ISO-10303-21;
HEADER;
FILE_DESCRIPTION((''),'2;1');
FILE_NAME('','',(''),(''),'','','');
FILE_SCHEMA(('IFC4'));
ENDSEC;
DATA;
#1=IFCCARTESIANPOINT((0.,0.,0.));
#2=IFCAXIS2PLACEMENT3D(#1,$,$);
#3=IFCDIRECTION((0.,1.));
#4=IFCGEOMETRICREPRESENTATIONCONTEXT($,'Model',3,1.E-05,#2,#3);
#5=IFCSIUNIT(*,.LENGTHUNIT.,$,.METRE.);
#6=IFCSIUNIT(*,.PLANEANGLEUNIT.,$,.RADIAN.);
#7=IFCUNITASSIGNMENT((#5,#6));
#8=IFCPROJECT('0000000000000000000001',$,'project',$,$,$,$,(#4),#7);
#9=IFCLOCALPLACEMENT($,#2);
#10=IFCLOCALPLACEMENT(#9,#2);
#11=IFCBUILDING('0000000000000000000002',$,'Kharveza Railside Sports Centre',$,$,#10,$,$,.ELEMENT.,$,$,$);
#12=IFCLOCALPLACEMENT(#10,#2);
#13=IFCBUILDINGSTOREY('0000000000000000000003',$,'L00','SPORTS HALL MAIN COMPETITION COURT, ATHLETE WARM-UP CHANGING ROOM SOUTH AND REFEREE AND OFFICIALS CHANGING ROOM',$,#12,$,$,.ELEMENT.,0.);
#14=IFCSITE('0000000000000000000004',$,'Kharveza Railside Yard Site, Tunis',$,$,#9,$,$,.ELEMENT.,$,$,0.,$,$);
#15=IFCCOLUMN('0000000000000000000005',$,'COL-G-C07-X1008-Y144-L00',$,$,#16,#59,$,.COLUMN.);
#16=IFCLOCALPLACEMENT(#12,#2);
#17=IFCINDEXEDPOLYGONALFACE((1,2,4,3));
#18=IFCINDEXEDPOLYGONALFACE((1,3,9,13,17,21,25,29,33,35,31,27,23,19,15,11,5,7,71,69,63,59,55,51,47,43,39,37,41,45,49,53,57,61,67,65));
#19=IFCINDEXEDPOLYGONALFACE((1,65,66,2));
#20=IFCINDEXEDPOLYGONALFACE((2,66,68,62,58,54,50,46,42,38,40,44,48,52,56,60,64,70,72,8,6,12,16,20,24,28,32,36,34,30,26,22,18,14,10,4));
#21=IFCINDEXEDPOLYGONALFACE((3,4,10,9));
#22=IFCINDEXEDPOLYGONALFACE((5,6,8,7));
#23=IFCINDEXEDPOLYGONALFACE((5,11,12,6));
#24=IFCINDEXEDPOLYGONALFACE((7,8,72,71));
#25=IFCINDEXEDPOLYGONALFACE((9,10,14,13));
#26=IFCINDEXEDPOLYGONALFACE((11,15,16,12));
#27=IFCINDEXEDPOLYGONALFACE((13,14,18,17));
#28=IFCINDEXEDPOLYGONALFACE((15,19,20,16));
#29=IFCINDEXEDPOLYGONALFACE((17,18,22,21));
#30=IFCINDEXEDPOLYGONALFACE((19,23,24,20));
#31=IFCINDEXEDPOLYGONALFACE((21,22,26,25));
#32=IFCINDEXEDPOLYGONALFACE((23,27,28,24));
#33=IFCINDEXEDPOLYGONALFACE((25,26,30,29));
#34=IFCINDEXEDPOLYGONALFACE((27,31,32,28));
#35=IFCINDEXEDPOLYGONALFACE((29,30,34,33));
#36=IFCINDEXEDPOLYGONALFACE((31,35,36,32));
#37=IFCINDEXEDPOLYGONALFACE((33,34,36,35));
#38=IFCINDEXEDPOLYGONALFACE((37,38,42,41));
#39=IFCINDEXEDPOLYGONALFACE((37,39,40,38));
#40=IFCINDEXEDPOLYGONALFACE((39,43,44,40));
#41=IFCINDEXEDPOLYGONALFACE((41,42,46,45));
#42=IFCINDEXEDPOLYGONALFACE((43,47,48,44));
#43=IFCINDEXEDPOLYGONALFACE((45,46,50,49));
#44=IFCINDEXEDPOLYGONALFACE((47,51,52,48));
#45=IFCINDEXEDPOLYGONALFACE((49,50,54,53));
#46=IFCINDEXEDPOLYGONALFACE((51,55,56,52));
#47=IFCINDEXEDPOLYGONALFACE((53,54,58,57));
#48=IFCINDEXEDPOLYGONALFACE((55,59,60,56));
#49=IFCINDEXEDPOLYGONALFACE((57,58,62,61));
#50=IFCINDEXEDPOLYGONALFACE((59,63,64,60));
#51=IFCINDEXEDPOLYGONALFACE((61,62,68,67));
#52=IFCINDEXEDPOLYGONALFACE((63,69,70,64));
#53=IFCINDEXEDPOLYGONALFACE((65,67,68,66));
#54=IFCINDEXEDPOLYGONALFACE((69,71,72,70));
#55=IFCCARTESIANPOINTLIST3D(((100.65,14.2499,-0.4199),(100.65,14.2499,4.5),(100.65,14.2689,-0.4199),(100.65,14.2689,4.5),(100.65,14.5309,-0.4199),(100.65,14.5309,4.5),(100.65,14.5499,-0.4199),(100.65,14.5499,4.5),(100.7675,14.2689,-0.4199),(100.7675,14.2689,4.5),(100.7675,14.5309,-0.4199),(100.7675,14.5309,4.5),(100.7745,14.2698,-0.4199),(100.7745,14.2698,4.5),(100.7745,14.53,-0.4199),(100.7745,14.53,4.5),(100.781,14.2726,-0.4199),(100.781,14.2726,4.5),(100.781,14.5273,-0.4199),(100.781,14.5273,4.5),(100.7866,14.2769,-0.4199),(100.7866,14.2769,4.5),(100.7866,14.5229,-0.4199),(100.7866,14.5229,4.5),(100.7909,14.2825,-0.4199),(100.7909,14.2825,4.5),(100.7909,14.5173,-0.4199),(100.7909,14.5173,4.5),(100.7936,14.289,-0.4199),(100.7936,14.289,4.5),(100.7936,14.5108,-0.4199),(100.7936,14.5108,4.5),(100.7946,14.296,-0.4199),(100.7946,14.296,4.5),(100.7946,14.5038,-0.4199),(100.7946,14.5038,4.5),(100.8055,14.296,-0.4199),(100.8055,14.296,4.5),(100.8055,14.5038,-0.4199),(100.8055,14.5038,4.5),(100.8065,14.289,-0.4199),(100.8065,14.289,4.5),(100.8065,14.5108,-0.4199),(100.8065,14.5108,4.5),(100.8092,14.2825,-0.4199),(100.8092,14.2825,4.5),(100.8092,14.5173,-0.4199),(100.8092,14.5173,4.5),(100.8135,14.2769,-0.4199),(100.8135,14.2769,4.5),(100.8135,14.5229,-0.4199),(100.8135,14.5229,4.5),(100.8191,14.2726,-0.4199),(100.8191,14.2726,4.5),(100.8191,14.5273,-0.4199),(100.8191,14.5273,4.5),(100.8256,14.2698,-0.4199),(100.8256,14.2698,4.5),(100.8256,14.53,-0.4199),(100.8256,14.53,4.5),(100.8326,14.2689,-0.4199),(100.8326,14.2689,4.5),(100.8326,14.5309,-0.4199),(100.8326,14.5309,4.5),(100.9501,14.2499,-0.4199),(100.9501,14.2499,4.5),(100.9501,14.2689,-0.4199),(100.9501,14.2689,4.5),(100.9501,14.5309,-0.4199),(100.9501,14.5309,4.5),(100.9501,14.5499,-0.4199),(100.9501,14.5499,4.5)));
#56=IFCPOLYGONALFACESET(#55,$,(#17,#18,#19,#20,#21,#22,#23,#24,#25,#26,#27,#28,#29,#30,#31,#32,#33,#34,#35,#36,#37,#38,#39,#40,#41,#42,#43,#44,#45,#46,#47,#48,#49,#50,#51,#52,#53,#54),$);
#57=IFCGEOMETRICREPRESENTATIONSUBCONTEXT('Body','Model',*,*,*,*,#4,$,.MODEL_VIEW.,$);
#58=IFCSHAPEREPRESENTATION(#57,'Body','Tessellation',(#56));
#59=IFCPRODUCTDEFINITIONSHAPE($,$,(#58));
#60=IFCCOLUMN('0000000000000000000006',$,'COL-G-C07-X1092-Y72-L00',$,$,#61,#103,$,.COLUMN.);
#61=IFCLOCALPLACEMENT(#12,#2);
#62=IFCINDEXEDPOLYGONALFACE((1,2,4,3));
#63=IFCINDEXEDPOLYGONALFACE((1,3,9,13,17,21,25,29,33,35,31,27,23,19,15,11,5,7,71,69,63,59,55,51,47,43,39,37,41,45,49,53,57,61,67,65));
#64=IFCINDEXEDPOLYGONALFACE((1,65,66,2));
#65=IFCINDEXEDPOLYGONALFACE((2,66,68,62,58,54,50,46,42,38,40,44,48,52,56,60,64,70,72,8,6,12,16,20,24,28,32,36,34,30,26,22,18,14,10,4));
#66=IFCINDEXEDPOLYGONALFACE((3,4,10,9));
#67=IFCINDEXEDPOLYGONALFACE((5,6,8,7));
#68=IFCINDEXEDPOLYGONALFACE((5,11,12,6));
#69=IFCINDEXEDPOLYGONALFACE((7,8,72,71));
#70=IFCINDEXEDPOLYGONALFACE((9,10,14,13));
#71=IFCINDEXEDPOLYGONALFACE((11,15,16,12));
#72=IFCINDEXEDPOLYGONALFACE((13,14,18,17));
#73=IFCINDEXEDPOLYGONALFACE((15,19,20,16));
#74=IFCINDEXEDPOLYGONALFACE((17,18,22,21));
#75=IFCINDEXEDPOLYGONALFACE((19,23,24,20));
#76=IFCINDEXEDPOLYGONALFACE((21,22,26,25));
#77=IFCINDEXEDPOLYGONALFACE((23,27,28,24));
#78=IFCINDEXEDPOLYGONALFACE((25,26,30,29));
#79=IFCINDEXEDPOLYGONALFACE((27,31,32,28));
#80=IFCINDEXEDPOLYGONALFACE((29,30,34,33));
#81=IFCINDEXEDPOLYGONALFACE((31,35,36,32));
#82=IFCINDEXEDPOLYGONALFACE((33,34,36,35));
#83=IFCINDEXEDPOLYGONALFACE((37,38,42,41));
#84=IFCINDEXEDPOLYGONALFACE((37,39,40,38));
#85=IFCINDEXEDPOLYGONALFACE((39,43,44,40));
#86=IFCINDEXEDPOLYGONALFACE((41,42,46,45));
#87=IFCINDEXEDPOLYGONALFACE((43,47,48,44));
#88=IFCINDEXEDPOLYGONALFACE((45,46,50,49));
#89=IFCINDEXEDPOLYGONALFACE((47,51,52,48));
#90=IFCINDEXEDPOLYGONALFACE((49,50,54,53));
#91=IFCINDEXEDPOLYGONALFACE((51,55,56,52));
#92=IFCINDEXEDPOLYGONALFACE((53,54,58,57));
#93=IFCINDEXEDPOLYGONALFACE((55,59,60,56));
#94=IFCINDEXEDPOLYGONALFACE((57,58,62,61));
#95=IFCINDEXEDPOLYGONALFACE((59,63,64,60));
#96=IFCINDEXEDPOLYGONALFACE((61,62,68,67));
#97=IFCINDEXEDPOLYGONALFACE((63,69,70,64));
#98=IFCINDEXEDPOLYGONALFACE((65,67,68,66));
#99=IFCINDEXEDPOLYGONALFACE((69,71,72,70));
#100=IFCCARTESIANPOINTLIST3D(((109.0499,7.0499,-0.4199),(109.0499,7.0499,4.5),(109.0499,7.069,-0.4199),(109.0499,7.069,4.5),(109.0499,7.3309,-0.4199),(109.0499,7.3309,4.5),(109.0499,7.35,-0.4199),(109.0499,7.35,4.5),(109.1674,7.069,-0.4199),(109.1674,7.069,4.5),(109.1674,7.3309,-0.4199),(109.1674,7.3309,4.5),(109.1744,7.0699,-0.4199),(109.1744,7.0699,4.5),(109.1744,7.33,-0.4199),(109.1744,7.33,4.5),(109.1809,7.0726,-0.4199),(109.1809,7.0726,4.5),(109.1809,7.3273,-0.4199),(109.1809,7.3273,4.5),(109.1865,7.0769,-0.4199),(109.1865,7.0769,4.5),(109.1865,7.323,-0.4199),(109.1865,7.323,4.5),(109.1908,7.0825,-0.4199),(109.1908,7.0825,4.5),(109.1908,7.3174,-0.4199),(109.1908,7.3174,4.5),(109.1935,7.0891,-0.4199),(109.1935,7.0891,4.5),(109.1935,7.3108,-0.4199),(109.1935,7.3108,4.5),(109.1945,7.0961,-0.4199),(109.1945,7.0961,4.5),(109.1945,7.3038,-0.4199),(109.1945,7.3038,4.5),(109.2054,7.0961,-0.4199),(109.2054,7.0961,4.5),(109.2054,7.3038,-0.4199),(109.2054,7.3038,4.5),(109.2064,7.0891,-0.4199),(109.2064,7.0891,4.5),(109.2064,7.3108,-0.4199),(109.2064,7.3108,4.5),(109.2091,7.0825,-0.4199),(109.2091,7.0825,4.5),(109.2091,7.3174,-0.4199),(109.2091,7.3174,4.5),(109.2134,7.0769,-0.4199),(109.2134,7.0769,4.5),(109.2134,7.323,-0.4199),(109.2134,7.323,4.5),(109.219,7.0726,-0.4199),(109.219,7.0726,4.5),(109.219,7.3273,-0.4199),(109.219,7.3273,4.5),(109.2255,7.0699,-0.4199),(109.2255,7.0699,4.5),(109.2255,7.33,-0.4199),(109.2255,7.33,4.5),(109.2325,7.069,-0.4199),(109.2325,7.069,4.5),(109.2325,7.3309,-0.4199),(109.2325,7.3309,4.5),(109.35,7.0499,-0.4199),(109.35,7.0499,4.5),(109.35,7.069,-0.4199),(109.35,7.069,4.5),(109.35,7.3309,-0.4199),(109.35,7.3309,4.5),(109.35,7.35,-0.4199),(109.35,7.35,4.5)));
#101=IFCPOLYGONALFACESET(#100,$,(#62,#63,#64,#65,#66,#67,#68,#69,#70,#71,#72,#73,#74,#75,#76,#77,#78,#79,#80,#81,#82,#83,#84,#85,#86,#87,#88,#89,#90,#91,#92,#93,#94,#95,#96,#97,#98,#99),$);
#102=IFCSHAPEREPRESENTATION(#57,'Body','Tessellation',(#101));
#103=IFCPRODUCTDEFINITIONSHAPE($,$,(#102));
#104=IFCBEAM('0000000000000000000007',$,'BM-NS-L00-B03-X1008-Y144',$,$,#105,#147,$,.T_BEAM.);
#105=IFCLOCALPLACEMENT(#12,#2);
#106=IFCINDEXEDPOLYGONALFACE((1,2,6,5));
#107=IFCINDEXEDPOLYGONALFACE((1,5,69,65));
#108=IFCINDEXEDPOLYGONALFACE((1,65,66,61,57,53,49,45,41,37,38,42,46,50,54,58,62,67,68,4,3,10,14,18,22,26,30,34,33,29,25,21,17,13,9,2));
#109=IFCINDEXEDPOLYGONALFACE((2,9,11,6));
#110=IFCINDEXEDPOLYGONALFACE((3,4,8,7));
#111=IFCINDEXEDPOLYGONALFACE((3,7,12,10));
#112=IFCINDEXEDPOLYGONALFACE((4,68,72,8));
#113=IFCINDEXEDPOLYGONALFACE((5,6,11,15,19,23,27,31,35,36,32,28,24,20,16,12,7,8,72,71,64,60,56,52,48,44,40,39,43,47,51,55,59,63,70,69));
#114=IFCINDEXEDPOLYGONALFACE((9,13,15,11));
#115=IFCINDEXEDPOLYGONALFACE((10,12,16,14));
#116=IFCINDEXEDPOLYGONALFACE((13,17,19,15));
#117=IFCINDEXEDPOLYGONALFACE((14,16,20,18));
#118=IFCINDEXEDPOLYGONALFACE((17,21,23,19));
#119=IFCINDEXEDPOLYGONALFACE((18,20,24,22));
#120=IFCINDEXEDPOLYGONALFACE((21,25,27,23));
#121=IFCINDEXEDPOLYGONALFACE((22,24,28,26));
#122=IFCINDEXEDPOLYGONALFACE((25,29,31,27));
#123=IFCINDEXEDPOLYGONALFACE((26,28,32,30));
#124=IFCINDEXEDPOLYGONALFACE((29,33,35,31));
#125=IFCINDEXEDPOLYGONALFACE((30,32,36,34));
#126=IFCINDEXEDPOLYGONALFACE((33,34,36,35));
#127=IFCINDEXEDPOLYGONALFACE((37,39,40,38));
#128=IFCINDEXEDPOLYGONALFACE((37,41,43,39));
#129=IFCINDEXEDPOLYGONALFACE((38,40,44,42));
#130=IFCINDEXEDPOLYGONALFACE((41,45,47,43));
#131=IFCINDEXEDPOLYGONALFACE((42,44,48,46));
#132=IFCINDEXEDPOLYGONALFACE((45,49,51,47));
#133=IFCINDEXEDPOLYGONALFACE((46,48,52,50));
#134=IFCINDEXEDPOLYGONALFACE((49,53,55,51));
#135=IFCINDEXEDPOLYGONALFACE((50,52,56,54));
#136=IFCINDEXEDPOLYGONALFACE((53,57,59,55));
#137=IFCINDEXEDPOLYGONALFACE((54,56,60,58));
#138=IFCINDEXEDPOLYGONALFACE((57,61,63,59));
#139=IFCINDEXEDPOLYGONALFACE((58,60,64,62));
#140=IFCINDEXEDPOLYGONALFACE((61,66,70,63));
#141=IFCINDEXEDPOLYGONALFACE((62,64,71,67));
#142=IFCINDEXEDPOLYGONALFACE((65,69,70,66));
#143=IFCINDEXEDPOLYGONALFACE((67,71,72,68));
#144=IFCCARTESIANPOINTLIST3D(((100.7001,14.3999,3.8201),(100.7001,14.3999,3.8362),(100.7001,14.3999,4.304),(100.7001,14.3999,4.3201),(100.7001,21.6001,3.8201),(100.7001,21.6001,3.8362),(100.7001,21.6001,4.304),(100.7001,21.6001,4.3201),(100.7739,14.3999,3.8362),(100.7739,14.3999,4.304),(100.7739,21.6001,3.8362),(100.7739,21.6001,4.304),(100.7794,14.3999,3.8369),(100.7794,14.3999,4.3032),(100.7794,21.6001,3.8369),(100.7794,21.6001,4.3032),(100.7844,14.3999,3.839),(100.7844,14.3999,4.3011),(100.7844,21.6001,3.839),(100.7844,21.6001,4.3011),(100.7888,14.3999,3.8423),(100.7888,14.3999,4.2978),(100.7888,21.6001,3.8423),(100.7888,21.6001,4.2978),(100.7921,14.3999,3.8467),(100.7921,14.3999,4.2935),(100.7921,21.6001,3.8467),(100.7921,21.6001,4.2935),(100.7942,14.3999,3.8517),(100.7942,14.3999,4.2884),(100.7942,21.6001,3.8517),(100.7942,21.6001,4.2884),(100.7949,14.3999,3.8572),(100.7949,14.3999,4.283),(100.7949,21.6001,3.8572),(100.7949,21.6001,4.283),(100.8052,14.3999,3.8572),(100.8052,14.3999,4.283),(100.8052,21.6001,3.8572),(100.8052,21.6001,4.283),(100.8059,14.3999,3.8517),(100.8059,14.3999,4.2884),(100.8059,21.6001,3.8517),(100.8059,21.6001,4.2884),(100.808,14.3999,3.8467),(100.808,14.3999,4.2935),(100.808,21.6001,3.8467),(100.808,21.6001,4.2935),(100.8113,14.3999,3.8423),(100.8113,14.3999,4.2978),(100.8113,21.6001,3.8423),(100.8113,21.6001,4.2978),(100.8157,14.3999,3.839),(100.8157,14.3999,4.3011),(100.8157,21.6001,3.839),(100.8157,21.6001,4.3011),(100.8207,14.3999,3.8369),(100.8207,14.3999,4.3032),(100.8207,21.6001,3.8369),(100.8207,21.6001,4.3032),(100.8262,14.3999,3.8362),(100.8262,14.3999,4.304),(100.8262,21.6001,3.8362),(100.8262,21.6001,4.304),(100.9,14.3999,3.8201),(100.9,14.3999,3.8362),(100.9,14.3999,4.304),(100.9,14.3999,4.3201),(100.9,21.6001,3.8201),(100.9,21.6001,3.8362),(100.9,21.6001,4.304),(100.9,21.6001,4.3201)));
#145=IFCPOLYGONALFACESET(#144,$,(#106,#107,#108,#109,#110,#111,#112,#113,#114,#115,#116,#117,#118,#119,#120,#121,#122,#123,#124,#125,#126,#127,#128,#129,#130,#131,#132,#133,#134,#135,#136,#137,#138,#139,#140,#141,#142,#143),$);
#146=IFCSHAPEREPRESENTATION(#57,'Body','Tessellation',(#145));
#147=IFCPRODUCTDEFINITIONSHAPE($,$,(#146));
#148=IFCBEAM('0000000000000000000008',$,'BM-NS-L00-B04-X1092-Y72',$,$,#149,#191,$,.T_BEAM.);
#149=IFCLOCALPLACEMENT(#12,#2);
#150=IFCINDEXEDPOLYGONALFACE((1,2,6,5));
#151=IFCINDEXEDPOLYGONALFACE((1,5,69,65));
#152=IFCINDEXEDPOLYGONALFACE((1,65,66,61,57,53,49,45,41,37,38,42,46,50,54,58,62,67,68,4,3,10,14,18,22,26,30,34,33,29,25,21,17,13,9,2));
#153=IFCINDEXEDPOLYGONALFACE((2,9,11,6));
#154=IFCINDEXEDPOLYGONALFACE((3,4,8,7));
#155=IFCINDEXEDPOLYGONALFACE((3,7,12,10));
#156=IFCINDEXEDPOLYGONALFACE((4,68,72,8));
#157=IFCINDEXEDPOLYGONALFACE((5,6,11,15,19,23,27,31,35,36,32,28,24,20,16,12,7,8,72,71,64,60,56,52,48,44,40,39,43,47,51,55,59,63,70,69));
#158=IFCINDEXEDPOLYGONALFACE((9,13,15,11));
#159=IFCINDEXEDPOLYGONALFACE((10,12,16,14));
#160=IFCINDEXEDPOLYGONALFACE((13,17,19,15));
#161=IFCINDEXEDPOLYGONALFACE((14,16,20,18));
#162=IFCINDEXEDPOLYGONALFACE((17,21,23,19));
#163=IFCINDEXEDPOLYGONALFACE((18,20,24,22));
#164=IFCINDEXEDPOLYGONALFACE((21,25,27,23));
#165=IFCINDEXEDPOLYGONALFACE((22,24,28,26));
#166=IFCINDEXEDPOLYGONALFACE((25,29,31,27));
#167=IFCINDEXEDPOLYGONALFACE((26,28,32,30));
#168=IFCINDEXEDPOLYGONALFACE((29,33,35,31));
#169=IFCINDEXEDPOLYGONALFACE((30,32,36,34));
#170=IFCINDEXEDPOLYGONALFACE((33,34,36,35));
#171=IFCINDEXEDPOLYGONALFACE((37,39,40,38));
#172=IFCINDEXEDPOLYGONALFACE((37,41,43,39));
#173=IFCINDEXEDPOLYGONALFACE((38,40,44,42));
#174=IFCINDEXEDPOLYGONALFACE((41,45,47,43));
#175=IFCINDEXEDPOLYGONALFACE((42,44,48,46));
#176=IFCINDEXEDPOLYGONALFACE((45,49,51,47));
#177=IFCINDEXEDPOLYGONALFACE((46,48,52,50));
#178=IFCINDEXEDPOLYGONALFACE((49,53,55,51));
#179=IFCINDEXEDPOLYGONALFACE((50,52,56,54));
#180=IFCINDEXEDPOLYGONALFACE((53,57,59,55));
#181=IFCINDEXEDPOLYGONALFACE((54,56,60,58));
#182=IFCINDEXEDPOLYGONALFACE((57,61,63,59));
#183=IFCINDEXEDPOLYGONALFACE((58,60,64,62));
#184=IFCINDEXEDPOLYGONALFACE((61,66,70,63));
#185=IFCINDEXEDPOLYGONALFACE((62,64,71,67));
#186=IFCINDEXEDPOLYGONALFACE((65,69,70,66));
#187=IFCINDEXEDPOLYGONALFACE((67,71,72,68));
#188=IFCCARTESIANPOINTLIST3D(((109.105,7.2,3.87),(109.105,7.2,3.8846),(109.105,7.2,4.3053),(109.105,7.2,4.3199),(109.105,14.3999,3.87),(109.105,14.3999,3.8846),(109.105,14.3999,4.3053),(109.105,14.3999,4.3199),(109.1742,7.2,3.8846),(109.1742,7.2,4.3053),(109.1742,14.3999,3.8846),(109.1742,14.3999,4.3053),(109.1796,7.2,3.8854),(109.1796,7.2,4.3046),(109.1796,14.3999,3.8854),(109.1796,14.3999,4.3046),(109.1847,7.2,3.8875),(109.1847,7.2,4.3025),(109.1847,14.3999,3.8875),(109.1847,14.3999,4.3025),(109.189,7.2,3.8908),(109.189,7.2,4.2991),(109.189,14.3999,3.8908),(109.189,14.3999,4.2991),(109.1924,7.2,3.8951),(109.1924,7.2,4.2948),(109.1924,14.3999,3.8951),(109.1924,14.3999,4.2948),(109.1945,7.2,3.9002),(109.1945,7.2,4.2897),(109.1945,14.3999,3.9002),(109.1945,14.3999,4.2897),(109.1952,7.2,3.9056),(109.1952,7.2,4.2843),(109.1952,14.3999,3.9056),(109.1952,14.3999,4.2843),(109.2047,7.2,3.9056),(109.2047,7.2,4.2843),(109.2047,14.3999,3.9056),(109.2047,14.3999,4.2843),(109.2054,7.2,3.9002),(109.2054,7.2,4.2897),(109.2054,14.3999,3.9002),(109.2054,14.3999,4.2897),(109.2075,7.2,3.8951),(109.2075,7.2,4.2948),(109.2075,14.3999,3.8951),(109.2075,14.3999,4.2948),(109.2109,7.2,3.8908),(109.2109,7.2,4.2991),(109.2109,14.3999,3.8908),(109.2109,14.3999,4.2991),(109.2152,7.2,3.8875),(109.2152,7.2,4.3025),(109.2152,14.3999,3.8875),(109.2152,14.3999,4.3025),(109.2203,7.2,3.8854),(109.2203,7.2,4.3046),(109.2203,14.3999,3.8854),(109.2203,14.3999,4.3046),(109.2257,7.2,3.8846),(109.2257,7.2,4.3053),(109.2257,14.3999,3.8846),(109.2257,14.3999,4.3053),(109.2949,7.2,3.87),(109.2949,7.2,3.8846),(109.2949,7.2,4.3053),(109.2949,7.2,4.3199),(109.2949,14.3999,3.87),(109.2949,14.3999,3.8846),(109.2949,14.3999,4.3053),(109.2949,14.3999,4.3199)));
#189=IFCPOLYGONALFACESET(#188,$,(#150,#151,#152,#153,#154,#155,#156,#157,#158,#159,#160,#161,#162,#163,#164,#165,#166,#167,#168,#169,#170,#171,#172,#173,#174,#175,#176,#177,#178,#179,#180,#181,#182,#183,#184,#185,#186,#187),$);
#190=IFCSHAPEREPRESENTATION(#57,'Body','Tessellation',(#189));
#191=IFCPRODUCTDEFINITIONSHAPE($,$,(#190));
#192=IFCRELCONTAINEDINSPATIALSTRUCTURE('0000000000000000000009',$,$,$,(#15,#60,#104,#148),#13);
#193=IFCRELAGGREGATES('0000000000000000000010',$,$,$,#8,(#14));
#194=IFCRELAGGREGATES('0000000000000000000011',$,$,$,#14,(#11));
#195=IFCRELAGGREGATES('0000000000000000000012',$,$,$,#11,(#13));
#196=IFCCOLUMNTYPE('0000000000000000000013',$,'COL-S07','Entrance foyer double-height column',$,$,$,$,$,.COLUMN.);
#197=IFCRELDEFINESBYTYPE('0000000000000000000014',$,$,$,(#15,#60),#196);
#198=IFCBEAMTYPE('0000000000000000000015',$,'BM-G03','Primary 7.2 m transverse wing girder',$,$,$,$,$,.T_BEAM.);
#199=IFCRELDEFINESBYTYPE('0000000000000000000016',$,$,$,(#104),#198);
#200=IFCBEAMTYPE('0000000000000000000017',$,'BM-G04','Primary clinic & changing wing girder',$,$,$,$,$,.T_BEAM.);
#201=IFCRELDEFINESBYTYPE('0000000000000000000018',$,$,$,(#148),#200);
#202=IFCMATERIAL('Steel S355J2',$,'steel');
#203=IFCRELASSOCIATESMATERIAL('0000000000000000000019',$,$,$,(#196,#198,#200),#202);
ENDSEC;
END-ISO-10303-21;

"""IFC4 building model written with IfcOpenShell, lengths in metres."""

from ifc_helpers import new_model, si_unit, direction, frame, origin, origin_2d, place, context, subcontext, project, spatial, i_section, extrude, material, material_profile, profile_set, type_object, element, save


model = new_model("IFC4")

# Units and contexts
model_context = context("Model", 3, precision=1e-05, world=origin(), true_north=direction((0.0, 1.0)))
body_context = subcontext(model_context, "Body", "Model", "MODEL_VIEW")
ifc_project = project(units=[si_unit("LENGTHUNIT", "METRE"), si_unit("PLANEANGLEUNIT", "RADIAN")], contexts=[model_context])

# Site, building, storey
site_placement = place(None, origin())
site = spatial("IfcSite", under=ifc_project, at=site_placement, Name="Kharveza Railside Yard Site, Tunis", CompositionType="ELEMENT", RefElevation=0.0)
building_placement = place(site_placement, origin())
building = spatial("IfcBuilding", under=site, at=building_placement, Name="Kharveza Railside Sports Centre", CompositionType="ELEMENT")
storey_placement = place(building_placement, origin())
storey = spatial("IfcBuildingStorey", under=building, at=storey_placement, Name="L00", Description="SPORTS HALL MAIN COMPETITION COURT, ATHLETE WARM-UP CHANGING ROOM SOUTH AND REFEREE AND OFFICIALS CHANGING ROOM", CompositionType="ELEMENT", Elevation=0.0)

# Columns
ifc_material_1 = material(Name="Steel S355J2", Category="steel")
ifc_material_profile_1 = material_profile(ifc_material_1, i_section(OverallWidth=0.3, OverallDepth=0.3, WebThickness=0.011, FlangeThickness=0.019, FilletRadius=0.0271, at=origin_2d()), Name="HEB 300")
ifc_profile_set_1 = profile_set([ifc_material_profile_1], Name="Steel S355J2")
column_type = type_object("IfcColumnType", Name="COL-S07", Description="Entrance foyer double-height column", PredefinedType="COLUMN", material=ifc_profile_set_1)
for number, where, z_axis, x_axis, name in (
    (1, (100.8, 14.3999, -0.4199), (0.0, 0.0, 1.0), (1.0, 0.0, 0.0), "COL-G-C07-X1008-Y144-L00"),
    (2, (109.2, 7.2, -0.4199), (0.0, 0.0, 1.0), (1.0, 0.0, 0.0), "COL-G-C07-X1092-Y72-L00"),
):
    element("IfcColumn", number, at=place(storey_placement, frame(where, z_axis=z_axis, x_axis=x_axis)), inside=storey, type_object=column_type, Name=name, PredefinedType="COLUMN", context=body_context, shape_type="SweptSolid", body=[
        extrude(i_section(OverallWidth=0.3, OverallDepth=0.3, WebThickness=0.011, FlangeThickness=0.019, FilletRadius=0.0271, at=origin_2d()), origin(), (0.0, 0.0, 1.0), 4.9199),
    ])

# Beams
ifc_material_profile_2 = material_profile(ifc_material_1, i_section(OverallWidth=0.2, OverallDepth=0.5, WebThickness=0.0103, FlangeThickness=0.0161, FilletRadius=0.021, at=origin_2d()), Name="IPE 500")
ifc_profile_set_2 = profile_set([ifc_material_profile_2], Name="Steel S355J2")
beam_type_1 = type_object("IfcBeamType", Name="BM-G03", Description="Primary 7.2 m transverse wing girder", PredefinedType="T_BEAM", material=ifc_profile_set_2)
beam_1_placement = place(storey_placement, frame((100.8, 14.3999, 4.0701), z_axis=(0.0, 1.0, 0.0), x_axis=(-1.0, 0.0, 0.0)))
element("IfcBeam", 3, at=beam_1_placement, inside=storey, type_object=beam_type_1, Name="BM-NS-L00-B03-X1008-Y144", PredefinedType="T_BEAM", context=body_context, shape_type="SweptSolid", body=[
    extrude(i_section(OverallWidth=0.2, OverallDepth=0.5, WebThickness=0.0103, FlangeThickness=0.0161, FilletRadius=0.021, at=origin_2d()), origin(), (0.0, 0.0, 1.0), 7.2002),
])
ifc_material_profile_3 = material_profile(ifc_material_1, i_section(OverallWidth=0.1899, OverallDepth=0.45, WebThickness=0.0095, FlangeThickness=0.0146, FilletRadius=0.021, at=origin_2d()), Name="IPE 450")
ifc_profile_set_3 = profile_set([ifc_material_profile_3], Name="Steel S355J2")
beam_type_2 = type_object("IfcBeamType", Name="BM-G04", Description="Primary clinic & changing wing girder", PredefinedType="T_BEAM", material=ifc_profile_set_3)
beam_2_placement = place(storey_placement, frame((109.2, 7.2, 4.095), z_axis=(0.0, 1.0, 0.0), x_axis=(-1.0, 0.0, 0.0)))
element("IfcBeam", 4, at=beam_2_placement, inside=storey, type_object=beam_type_2, Name="BM-NS-L00-B04-X1092-Y72", PredefinedType="T_BEAM", context=body_context, shape_type="SweptSolid", body=[
    extrude(i_section(OverallWidth=0.1899, OverallDepth=0.45, WebThickness=0.0095, FlangeThickness=0.0146, FilletRadius=0.021, at=origin_2d()), origin(), (0.0, 0.0, 1.0), 7.2),
])

save(model, "model.ifc")
